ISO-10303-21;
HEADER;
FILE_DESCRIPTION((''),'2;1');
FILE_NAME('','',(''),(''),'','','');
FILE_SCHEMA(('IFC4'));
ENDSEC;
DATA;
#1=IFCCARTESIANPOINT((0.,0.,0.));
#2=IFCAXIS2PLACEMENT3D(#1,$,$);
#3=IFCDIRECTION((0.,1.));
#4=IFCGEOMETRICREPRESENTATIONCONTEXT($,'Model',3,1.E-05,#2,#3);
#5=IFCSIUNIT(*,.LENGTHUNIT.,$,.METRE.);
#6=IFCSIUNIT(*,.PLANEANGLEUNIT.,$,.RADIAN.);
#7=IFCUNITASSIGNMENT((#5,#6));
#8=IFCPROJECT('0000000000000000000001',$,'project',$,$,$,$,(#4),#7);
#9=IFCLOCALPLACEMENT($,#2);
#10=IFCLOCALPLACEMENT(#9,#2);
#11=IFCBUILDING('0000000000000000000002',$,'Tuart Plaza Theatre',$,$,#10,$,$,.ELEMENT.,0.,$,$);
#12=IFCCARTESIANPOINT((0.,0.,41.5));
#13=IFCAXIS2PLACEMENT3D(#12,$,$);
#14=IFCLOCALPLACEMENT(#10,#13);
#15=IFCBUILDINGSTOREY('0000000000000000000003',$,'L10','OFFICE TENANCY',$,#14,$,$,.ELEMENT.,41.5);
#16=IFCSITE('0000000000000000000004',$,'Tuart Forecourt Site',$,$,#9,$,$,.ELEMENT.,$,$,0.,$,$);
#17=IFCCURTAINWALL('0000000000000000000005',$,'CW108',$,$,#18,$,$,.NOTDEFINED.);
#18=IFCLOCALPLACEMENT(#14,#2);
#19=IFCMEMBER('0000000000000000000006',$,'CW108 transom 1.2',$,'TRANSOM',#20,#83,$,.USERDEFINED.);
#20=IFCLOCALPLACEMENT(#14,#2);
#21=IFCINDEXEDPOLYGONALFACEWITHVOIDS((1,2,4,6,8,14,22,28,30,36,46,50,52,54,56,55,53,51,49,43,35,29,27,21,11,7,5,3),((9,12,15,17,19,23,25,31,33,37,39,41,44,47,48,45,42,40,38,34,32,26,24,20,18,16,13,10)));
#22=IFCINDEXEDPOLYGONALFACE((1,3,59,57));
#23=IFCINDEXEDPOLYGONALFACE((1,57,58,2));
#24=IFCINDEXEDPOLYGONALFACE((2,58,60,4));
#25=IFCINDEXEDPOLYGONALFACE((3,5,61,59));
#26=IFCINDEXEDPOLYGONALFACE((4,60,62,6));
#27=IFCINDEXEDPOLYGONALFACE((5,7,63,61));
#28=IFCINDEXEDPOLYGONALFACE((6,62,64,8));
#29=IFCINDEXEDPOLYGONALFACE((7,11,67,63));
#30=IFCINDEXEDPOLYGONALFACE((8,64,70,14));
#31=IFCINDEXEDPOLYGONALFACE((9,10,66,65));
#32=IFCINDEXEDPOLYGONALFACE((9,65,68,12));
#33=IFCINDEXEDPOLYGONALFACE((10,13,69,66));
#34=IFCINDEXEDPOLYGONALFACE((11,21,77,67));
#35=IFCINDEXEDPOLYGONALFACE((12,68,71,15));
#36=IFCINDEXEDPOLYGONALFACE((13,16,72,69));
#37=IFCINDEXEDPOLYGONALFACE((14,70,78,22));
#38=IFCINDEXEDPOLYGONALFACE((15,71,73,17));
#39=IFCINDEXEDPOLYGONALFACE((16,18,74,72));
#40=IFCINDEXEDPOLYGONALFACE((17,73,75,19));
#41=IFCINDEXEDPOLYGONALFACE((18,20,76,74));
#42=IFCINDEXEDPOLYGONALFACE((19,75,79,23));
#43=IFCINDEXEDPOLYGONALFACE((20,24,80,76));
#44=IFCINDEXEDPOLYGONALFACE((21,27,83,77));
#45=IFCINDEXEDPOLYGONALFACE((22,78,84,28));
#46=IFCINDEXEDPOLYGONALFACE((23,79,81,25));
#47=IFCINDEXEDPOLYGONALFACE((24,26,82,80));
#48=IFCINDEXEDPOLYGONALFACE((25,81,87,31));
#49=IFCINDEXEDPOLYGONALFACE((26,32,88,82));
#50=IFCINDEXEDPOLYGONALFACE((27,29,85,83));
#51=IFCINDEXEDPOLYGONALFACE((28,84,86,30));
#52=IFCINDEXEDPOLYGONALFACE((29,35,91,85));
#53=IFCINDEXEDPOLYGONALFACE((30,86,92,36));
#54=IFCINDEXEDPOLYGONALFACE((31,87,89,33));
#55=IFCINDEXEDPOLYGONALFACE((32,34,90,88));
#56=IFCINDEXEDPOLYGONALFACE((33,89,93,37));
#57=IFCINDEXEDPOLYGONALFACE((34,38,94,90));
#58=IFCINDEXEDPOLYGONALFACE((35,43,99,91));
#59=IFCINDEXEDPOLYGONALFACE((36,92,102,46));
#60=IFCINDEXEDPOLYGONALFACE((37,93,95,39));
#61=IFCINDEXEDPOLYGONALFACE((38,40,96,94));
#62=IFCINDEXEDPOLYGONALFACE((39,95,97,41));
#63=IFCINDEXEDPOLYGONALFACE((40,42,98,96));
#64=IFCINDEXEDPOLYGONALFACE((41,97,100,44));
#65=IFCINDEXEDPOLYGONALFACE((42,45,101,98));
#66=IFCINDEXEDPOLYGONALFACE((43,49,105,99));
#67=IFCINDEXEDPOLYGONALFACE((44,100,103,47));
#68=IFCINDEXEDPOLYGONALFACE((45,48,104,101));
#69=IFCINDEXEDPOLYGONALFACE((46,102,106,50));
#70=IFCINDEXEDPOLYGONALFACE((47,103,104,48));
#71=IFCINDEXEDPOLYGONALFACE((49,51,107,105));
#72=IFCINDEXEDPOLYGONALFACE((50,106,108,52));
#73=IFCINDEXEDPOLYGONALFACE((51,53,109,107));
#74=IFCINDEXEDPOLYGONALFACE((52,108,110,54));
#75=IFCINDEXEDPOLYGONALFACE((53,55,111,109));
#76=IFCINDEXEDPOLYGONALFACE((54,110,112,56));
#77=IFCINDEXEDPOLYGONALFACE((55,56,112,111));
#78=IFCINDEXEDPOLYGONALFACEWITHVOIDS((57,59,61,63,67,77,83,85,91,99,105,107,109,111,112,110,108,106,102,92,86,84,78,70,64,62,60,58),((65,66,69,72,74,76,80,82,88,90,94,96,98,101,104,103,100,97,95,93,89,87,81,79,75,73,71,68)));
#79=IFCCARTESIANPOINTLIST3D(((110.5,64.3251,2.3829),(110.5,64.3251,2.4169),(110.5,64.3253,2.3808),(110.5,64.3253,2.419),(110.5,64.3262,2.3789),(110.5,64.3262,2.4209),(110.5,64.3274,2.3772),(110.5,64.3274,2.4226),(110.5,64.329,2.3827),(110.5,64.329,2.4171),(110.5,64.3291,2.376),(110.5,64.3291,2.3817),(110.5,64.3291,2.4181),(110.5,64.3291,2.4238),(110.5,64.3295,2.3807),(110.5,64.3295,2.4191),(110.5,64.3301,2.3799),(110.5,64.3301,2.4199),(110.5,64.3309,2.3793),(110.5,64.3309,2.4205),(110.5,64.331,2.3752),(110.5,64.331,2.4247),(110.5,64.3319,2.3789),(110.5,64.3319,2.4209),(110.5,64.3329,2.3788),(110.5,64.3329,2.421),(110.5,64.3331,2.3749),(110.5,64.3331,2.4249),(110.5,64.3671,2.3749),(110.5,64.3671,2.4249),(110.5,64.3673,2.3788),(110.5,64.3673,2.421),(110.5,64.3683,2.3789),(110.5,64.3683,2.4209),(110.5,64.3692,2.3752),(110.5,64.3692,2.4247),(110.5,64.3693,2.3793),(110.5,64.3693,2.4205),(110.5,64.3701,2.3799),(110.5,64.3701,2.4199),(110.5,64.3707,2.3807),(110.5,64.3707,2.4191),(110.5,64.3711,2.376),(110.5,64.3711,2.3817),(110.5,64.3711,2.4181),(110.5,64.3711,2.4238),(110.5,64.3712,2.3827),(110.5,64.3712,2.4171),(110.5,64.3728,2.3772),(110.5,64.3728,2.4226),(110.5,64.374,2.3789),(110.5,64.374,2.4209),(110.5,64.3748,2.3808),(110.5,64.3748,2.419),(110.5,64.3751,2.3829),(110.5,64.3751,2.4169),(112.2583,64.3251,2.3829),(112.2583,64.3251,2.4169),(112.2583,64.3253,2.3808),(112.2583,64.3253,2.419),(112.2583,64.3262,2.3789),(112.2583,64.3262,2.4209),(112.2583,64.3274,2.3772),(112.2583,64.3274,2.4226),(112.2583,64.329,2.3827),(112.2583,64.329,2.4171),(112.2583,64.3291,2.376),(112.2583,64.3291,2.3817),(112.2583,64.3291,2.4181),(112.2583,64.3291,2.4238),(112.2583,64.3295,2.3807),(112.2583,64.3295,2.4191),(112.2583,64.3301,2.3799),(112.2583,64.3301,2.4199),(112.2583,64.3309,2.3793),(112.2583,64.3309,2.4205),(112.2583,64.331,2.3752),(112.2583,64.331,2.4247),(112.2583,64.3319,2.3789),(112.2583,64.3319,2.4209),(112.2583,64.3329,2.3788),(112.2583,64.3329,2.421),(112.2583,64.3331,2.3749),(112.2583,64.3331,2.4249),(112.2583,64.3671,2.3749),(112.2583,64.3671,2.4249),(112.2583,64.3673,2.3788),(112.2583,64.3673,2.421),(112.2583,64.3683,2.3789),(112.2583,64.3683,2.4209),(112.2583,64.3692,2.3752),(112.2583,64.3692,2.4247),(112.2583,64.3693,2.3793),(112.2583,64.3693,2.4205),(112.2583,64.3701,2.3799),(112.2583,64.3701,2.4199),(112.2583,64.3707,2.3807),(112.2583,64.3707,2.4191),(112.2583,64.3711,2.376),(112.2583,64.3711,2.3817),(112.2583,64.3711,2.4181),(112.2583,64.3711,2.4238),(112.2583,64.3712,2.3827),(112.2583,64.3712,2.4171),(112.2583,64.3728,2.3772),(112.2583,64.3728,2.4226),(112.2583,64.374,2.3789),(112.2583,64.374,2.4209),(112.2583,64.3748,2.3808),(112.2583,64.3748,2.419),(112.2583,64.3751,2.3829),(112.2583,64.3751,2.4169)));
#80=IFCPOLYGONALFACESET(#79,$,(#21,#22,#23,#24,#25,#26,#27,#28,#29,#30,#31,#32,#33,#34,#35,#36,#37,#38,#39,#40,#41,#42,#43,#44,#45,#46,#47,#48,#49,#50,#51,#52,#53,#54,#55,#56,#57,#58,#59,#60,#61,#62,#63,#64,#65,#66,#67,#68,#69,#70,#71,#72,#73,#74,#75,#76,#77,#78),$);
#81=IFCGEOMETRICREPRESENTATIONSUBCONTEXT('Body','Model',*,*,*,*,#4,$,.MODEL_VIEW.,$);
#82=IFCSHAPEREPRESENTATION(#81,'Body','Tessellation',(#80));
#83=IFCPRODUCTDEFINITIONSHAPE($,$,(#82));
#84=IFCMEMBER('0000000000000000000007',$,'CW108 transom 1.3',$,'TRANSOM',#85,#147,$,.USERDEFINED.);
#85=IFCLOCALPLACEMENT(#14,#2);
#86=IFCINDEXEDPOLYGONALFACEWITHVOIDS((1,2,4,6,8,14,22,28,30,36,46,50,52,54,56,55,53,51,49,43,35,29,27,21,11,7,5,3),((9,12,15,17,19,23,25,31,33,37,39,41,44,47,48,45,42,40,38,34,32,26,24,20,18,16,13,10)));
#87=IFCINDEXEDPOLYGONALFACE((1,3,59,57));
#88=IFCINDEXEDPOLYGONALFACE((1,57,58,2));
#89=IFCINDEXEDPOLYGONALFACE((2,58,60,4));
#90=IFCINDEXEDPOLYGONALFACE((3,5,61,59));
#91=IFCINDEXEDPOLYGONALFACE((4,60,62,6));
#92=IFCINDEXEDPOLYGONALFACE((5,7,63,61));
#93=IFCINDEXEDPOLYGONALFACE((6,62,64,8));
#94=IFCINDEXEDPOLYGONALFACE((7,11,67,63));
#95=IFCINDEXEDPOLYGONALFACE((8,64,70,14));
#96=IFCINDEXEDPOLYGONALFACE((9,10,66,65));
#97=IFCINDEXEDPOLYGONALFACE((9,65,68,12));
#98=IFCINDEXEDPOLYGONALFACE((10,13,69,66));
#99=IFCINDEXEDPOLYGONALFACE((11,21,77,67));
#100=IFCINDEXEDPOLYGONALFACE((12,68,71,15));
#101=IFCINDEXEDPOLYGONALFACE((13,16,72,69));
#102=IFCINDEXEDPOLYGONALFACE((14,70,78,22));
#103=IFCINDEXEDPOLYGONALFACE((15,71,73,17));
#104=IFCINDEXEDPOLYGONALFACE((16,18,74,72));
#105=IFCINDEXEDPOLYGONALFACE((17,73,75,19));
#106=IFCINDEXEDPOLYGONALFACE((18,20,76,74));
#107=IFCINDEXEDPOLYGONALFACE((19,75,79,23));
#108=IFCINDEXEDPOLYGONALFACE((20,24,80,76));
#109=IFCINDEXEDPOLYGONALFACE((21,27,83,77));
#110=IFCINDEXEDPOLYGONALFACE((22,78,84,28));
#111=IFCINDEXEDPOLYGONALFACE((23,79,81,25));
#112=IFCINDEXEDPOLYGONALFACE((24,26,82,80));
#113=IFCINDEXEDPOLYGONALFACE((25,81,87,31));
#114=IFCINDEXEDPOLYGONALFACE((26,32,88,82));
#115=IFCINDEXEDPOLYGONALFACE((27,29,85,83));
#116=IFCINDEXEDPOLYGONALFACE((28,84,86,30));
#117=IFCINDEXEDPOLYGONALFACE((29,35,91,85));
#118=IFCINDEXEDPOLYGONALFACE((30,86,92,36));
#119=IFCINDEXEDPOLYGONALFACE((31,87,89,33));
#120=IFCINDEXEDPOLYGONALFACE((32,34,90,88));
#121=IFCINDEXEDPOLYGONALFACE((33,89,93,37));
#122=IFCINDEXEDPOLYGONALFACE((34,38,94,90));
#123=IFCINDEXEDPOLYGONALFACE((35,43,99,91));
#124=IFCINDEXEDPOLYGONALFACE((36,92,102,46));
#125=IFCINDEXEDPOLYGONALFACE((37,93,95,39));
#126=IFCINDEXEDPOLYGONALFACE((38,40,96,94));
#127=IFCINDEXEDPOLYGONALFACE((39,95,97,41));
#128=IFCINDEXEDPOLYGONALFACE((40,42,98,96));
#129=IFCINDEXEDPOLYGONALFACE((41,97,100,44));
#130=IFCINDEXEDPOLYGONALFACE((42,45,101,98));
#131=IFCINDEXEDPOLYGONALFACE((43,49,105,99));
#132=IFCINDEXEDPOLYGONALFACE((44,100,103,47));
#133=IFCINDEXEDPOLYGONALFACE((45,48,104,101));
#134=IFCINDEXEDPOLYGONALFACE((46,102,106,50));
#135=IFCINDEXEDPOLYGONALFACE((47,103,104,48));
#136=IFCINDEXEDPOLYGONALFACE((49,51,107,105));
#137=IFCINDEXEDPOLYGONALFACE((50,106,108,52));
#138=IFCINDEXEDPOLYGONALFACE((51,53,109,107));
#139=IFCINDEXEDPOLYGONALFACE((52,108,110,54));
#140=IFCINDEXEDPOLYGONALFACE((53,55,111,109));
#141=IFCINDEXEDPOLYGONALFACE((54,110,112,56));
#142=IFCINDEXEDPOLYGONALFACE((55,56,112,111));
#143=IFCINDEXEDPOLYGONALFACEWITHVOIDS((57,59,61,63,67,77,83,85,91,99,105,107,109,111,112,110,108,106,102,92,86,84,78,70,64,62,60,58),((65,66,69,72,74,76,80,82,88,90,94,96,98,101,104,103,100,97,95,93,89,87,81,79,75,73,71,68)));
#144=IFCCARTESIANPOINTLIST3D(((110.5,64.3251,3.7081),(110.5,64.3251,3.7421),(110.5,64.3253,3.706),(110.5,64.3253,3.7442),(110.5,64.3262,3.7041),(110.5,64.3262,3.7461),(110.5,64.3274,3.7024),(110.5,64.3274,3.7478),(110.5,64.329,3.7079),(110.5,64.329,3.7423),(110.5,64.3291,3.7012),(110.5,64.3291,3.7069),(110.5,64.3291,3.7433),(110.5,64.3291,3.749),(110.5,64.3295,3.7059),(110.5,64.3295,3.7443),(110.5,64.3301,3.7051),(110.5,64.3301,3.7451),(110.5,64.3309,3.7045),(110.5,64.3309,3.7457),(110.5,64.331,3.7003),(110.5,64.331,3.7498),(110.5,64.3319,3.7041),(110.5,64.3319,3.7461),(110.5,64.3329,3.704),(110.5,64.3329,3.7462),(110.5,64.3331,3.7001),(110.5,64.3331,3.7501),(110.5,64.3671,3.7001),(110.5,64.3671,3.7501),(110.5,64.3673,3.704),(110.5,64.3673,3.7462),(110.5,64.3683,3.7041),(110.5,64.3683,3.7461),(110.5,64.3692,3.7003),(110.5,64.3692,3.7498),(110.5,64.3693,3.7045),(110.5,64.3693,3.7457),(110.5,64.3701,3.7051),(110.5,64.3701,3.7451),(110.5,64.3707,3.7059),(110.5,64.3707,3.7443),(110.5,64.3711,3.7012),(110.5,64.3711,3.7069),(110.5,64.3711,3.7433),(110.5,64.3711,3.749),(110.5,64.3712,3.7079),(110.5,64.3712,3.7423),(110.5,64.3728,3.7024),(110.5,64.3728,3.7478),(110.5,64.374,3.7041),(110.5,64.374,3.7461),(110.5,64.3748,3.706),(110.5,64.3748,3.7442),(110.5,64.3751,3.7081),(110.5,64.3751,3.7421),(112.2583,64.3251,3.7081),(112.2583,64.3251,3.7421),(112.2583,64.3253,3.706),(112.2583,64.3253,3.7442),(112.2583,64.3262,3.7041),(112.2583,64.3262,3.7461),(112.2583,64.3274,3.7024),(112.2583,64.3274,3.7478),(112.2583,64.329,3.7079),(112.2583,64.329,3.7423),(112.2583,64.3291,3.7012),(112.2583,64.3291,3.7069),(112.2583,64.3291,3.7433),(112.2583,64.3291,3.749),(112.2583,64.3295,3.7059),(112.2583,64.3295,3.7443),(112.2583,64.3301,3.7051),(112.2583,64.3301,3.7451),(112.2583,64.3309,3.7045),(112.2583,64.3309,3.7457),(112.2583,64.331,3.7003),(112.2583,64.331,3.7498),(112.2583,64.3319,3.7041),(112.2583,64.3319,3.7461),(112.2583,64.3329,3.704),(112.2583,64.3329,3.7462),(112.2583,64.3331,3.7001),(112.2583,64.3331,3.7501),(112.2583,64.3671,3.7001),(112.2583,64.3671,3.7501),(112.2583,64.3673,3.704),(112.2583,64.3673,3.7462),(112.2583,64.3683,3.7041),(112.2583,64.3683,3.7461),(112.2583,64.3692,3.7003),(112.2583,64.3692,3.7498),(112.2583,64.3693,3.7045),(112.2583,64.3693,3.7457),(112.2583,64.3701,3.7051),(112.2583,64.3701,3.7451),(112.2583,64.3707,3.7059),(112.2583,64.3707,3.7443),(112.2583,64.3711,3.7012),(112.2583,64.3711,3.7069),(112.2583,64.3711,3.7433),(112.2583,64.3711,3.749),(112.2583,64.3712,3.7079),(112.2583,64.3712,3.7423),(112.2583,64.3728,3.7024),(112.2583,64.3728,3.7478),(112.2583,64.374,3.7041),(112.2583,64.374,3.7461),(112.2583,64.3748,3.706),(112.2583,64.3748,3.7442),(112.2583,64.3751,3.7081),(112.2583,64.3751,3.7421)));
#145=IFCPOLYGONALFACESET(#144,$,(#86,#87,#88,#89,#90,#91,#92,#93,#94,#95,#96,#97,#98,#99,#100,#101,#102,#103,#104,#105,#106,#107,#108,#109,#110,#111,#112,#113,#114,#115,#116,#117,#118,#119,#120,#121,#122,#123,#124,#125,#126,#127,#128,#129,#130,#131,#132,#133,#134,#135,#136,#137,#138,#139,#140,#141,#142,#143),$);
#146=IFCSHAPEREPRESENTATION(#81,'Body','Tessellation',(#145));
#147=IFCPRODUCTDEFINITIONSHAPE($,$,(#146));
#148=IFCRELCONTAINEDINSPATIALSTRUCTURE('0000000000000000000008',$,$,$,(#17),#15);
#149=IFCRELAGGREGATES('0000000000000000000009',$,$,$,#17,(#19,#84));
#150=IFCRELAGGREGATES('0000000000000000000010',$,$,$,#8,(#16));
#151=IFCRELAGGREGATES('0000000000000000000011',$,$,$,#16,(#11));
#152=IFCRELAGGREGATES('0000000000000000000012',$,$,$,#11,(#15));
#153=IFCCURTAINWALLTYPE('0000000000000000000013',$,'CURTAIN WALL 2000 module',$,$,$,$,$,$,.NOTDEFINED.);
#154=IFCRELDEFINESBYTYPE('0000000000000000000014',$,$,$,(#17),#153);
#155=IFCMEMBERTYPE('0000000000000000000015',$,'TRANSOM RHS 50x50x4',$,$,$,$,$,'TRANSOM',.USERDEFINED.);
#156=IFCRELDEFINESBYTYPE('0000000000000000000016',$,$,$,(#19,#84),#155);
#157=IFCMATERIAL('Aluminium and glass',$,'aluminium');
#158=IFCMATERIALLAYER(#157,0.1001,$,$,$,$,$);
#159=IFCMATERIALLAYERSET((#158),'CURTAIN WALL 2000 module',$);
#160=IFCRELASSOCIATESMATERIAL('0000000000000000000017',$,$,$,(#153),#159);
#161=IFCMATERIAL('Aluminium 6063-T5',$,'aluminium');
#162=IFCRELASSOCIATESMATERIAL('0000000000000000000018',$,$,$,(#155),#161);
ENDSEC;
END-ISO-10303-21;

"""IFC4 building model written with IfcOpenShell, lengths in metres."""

from ifc_helpers import new_model, si_unit, direction, frame, origin, origin_2d, place, context, subcontext, project, spatial, hollow_rectangle, extrude, material, layer, layer_set, material_profile, profile_set, type_object, element, aggregate, save


model = new_model("IFC4")

# Units and contexts
model_context = context("Model", 3, precision=1e-05, world=origin(), true_north=direction((0.0, 1.0)))
body_context = subcontext(model_context, "Body", "Model", "MODEL_VIEW")
ifc_project = project(units=[si_unit("LENGTHUNIT", "METRE"), si_unit("PLANEANGLEUNIT", "RADIAN")], contexts=[model_context])

# Site, building, storey
site_placement = place(None, origin())
site = spatial("IfcSite", under=ifc_project, at=site_placement, Name="Tuart Forecourt Site", CompositionType="ELEMENT", RefElevation=0.0)
building_placement = place(site_placement, origin())
building = spatial("IfcBuilding", under=site, at=building_placement, Name="Tuart Plaza Theatre", CompositionType="ELEMENT", ElevationOfRefHeight=0.0)
storey_placement = place(building_placement, frame((0.0, 0.0, 41.5)))
storey = spatial("IfcBuildingStorey", under=building, at=storey_placement, Name="L10", Description="OFFICE TENANCY", CompositionType="ELEMENT", Elevation=41.5)

# Curtain wall, members
ifc_material_1 = material(Name="Aluminium and glass", Category="aluminium")
ifc_layer_1 = layer(ifc_material_1, 0.1001)
ifc_layer_set_1 = layer_set([ifc_layer_1], Name="CURTAIN WALL 2000 module")
curtain_wall_type = type_object("IfcCurtainWallType", Name="CURTAIN WALL 2000 module", PredefinedType="NOTDEFINED", material=ifc_layer_set_1)
curtain_wall_placement = place(storey_placement, origin())
curtain_wall = element("IfcCurtainWall", 1, at=curtain_wall_placement, inside=storey, type_object=curtain_wall_type, Name="CW108", PredefinedType="NOTDEFINED")
ifc_material_2 = material(Name="Aluminium 6063-T5", Category="aluminium")
ifc_material_profile_1 = material_profile(ifc_material_2, hollow_rectangle(XDim=0.05, YDim=0.05, WallThickness=0.0039, InnerFilletRadius=0.0039, OuterFilletRadius=0.0081, at=origin_2d()), Name="RHS 50x50x4")
ifc_profile_set_1 = profile_set([ifc_material_profile_1], Name="Aluminium 6063-T5")
member_type_1 = type_object("IfcMemberType", Name="TRANSOM RHS 50x50x4", ElementType="TRANSOM", PredefinedType="USERDEFINED", material=ifc_profile_set_1)
member_1_placement = place(storey_placement, frame((110.5, 64.3501, 2.3999), z_axis=(1.0, 0.0, 0.0), x_axis=(0.0, 1.0, 0.0)))
member_1 = element("IfcMember", 2, at=member_1_placement, type_object=member_type_1, Name="CW108 transom 1.2", ObjectType="TRANSOM", PredefinedType="USERDEFINED", context=body_context, shape_type="SweptSolid", body=[
    extrude(hollow_rectangle(XDim=0.05, YDim=0.05, WallThickness=0.0039, InnerFilletRadius=0.0039, OuterFilletRadius=0.0081, at=origin_2d()), origin(), (0.0, 0.0, 1.0), 1.7583),
])
member_2_placement = place(storey_placement, frame((110.5, 64.3501, 3.7251), z_axis=(1.0, 0.0, 0.0), x_axis=(0.0, 1.0, 0.0)))
member_2 = element("IfcMember", 3, at=member_2_placement, type_object=member_type_1, Name="CW108 transom 1.3", ObjectType="TRANSOM", PredefinedType="USERDEFINED", context=body_context, shape_type="SweptSolid", body=[
    extrude(hollow_rectangle(XDim=0.05, YDim=0.05, WallThickness=0.0039, InnerFilletRadius=0.0039, OuterFilletRadius=0.0081, at=origin_2d()), origin(), (0.0, 0.0, 1.0), 1.7583),
])
aggregate(curtain_wall, [member_1, member_2])

save(model, "model.ifc")
